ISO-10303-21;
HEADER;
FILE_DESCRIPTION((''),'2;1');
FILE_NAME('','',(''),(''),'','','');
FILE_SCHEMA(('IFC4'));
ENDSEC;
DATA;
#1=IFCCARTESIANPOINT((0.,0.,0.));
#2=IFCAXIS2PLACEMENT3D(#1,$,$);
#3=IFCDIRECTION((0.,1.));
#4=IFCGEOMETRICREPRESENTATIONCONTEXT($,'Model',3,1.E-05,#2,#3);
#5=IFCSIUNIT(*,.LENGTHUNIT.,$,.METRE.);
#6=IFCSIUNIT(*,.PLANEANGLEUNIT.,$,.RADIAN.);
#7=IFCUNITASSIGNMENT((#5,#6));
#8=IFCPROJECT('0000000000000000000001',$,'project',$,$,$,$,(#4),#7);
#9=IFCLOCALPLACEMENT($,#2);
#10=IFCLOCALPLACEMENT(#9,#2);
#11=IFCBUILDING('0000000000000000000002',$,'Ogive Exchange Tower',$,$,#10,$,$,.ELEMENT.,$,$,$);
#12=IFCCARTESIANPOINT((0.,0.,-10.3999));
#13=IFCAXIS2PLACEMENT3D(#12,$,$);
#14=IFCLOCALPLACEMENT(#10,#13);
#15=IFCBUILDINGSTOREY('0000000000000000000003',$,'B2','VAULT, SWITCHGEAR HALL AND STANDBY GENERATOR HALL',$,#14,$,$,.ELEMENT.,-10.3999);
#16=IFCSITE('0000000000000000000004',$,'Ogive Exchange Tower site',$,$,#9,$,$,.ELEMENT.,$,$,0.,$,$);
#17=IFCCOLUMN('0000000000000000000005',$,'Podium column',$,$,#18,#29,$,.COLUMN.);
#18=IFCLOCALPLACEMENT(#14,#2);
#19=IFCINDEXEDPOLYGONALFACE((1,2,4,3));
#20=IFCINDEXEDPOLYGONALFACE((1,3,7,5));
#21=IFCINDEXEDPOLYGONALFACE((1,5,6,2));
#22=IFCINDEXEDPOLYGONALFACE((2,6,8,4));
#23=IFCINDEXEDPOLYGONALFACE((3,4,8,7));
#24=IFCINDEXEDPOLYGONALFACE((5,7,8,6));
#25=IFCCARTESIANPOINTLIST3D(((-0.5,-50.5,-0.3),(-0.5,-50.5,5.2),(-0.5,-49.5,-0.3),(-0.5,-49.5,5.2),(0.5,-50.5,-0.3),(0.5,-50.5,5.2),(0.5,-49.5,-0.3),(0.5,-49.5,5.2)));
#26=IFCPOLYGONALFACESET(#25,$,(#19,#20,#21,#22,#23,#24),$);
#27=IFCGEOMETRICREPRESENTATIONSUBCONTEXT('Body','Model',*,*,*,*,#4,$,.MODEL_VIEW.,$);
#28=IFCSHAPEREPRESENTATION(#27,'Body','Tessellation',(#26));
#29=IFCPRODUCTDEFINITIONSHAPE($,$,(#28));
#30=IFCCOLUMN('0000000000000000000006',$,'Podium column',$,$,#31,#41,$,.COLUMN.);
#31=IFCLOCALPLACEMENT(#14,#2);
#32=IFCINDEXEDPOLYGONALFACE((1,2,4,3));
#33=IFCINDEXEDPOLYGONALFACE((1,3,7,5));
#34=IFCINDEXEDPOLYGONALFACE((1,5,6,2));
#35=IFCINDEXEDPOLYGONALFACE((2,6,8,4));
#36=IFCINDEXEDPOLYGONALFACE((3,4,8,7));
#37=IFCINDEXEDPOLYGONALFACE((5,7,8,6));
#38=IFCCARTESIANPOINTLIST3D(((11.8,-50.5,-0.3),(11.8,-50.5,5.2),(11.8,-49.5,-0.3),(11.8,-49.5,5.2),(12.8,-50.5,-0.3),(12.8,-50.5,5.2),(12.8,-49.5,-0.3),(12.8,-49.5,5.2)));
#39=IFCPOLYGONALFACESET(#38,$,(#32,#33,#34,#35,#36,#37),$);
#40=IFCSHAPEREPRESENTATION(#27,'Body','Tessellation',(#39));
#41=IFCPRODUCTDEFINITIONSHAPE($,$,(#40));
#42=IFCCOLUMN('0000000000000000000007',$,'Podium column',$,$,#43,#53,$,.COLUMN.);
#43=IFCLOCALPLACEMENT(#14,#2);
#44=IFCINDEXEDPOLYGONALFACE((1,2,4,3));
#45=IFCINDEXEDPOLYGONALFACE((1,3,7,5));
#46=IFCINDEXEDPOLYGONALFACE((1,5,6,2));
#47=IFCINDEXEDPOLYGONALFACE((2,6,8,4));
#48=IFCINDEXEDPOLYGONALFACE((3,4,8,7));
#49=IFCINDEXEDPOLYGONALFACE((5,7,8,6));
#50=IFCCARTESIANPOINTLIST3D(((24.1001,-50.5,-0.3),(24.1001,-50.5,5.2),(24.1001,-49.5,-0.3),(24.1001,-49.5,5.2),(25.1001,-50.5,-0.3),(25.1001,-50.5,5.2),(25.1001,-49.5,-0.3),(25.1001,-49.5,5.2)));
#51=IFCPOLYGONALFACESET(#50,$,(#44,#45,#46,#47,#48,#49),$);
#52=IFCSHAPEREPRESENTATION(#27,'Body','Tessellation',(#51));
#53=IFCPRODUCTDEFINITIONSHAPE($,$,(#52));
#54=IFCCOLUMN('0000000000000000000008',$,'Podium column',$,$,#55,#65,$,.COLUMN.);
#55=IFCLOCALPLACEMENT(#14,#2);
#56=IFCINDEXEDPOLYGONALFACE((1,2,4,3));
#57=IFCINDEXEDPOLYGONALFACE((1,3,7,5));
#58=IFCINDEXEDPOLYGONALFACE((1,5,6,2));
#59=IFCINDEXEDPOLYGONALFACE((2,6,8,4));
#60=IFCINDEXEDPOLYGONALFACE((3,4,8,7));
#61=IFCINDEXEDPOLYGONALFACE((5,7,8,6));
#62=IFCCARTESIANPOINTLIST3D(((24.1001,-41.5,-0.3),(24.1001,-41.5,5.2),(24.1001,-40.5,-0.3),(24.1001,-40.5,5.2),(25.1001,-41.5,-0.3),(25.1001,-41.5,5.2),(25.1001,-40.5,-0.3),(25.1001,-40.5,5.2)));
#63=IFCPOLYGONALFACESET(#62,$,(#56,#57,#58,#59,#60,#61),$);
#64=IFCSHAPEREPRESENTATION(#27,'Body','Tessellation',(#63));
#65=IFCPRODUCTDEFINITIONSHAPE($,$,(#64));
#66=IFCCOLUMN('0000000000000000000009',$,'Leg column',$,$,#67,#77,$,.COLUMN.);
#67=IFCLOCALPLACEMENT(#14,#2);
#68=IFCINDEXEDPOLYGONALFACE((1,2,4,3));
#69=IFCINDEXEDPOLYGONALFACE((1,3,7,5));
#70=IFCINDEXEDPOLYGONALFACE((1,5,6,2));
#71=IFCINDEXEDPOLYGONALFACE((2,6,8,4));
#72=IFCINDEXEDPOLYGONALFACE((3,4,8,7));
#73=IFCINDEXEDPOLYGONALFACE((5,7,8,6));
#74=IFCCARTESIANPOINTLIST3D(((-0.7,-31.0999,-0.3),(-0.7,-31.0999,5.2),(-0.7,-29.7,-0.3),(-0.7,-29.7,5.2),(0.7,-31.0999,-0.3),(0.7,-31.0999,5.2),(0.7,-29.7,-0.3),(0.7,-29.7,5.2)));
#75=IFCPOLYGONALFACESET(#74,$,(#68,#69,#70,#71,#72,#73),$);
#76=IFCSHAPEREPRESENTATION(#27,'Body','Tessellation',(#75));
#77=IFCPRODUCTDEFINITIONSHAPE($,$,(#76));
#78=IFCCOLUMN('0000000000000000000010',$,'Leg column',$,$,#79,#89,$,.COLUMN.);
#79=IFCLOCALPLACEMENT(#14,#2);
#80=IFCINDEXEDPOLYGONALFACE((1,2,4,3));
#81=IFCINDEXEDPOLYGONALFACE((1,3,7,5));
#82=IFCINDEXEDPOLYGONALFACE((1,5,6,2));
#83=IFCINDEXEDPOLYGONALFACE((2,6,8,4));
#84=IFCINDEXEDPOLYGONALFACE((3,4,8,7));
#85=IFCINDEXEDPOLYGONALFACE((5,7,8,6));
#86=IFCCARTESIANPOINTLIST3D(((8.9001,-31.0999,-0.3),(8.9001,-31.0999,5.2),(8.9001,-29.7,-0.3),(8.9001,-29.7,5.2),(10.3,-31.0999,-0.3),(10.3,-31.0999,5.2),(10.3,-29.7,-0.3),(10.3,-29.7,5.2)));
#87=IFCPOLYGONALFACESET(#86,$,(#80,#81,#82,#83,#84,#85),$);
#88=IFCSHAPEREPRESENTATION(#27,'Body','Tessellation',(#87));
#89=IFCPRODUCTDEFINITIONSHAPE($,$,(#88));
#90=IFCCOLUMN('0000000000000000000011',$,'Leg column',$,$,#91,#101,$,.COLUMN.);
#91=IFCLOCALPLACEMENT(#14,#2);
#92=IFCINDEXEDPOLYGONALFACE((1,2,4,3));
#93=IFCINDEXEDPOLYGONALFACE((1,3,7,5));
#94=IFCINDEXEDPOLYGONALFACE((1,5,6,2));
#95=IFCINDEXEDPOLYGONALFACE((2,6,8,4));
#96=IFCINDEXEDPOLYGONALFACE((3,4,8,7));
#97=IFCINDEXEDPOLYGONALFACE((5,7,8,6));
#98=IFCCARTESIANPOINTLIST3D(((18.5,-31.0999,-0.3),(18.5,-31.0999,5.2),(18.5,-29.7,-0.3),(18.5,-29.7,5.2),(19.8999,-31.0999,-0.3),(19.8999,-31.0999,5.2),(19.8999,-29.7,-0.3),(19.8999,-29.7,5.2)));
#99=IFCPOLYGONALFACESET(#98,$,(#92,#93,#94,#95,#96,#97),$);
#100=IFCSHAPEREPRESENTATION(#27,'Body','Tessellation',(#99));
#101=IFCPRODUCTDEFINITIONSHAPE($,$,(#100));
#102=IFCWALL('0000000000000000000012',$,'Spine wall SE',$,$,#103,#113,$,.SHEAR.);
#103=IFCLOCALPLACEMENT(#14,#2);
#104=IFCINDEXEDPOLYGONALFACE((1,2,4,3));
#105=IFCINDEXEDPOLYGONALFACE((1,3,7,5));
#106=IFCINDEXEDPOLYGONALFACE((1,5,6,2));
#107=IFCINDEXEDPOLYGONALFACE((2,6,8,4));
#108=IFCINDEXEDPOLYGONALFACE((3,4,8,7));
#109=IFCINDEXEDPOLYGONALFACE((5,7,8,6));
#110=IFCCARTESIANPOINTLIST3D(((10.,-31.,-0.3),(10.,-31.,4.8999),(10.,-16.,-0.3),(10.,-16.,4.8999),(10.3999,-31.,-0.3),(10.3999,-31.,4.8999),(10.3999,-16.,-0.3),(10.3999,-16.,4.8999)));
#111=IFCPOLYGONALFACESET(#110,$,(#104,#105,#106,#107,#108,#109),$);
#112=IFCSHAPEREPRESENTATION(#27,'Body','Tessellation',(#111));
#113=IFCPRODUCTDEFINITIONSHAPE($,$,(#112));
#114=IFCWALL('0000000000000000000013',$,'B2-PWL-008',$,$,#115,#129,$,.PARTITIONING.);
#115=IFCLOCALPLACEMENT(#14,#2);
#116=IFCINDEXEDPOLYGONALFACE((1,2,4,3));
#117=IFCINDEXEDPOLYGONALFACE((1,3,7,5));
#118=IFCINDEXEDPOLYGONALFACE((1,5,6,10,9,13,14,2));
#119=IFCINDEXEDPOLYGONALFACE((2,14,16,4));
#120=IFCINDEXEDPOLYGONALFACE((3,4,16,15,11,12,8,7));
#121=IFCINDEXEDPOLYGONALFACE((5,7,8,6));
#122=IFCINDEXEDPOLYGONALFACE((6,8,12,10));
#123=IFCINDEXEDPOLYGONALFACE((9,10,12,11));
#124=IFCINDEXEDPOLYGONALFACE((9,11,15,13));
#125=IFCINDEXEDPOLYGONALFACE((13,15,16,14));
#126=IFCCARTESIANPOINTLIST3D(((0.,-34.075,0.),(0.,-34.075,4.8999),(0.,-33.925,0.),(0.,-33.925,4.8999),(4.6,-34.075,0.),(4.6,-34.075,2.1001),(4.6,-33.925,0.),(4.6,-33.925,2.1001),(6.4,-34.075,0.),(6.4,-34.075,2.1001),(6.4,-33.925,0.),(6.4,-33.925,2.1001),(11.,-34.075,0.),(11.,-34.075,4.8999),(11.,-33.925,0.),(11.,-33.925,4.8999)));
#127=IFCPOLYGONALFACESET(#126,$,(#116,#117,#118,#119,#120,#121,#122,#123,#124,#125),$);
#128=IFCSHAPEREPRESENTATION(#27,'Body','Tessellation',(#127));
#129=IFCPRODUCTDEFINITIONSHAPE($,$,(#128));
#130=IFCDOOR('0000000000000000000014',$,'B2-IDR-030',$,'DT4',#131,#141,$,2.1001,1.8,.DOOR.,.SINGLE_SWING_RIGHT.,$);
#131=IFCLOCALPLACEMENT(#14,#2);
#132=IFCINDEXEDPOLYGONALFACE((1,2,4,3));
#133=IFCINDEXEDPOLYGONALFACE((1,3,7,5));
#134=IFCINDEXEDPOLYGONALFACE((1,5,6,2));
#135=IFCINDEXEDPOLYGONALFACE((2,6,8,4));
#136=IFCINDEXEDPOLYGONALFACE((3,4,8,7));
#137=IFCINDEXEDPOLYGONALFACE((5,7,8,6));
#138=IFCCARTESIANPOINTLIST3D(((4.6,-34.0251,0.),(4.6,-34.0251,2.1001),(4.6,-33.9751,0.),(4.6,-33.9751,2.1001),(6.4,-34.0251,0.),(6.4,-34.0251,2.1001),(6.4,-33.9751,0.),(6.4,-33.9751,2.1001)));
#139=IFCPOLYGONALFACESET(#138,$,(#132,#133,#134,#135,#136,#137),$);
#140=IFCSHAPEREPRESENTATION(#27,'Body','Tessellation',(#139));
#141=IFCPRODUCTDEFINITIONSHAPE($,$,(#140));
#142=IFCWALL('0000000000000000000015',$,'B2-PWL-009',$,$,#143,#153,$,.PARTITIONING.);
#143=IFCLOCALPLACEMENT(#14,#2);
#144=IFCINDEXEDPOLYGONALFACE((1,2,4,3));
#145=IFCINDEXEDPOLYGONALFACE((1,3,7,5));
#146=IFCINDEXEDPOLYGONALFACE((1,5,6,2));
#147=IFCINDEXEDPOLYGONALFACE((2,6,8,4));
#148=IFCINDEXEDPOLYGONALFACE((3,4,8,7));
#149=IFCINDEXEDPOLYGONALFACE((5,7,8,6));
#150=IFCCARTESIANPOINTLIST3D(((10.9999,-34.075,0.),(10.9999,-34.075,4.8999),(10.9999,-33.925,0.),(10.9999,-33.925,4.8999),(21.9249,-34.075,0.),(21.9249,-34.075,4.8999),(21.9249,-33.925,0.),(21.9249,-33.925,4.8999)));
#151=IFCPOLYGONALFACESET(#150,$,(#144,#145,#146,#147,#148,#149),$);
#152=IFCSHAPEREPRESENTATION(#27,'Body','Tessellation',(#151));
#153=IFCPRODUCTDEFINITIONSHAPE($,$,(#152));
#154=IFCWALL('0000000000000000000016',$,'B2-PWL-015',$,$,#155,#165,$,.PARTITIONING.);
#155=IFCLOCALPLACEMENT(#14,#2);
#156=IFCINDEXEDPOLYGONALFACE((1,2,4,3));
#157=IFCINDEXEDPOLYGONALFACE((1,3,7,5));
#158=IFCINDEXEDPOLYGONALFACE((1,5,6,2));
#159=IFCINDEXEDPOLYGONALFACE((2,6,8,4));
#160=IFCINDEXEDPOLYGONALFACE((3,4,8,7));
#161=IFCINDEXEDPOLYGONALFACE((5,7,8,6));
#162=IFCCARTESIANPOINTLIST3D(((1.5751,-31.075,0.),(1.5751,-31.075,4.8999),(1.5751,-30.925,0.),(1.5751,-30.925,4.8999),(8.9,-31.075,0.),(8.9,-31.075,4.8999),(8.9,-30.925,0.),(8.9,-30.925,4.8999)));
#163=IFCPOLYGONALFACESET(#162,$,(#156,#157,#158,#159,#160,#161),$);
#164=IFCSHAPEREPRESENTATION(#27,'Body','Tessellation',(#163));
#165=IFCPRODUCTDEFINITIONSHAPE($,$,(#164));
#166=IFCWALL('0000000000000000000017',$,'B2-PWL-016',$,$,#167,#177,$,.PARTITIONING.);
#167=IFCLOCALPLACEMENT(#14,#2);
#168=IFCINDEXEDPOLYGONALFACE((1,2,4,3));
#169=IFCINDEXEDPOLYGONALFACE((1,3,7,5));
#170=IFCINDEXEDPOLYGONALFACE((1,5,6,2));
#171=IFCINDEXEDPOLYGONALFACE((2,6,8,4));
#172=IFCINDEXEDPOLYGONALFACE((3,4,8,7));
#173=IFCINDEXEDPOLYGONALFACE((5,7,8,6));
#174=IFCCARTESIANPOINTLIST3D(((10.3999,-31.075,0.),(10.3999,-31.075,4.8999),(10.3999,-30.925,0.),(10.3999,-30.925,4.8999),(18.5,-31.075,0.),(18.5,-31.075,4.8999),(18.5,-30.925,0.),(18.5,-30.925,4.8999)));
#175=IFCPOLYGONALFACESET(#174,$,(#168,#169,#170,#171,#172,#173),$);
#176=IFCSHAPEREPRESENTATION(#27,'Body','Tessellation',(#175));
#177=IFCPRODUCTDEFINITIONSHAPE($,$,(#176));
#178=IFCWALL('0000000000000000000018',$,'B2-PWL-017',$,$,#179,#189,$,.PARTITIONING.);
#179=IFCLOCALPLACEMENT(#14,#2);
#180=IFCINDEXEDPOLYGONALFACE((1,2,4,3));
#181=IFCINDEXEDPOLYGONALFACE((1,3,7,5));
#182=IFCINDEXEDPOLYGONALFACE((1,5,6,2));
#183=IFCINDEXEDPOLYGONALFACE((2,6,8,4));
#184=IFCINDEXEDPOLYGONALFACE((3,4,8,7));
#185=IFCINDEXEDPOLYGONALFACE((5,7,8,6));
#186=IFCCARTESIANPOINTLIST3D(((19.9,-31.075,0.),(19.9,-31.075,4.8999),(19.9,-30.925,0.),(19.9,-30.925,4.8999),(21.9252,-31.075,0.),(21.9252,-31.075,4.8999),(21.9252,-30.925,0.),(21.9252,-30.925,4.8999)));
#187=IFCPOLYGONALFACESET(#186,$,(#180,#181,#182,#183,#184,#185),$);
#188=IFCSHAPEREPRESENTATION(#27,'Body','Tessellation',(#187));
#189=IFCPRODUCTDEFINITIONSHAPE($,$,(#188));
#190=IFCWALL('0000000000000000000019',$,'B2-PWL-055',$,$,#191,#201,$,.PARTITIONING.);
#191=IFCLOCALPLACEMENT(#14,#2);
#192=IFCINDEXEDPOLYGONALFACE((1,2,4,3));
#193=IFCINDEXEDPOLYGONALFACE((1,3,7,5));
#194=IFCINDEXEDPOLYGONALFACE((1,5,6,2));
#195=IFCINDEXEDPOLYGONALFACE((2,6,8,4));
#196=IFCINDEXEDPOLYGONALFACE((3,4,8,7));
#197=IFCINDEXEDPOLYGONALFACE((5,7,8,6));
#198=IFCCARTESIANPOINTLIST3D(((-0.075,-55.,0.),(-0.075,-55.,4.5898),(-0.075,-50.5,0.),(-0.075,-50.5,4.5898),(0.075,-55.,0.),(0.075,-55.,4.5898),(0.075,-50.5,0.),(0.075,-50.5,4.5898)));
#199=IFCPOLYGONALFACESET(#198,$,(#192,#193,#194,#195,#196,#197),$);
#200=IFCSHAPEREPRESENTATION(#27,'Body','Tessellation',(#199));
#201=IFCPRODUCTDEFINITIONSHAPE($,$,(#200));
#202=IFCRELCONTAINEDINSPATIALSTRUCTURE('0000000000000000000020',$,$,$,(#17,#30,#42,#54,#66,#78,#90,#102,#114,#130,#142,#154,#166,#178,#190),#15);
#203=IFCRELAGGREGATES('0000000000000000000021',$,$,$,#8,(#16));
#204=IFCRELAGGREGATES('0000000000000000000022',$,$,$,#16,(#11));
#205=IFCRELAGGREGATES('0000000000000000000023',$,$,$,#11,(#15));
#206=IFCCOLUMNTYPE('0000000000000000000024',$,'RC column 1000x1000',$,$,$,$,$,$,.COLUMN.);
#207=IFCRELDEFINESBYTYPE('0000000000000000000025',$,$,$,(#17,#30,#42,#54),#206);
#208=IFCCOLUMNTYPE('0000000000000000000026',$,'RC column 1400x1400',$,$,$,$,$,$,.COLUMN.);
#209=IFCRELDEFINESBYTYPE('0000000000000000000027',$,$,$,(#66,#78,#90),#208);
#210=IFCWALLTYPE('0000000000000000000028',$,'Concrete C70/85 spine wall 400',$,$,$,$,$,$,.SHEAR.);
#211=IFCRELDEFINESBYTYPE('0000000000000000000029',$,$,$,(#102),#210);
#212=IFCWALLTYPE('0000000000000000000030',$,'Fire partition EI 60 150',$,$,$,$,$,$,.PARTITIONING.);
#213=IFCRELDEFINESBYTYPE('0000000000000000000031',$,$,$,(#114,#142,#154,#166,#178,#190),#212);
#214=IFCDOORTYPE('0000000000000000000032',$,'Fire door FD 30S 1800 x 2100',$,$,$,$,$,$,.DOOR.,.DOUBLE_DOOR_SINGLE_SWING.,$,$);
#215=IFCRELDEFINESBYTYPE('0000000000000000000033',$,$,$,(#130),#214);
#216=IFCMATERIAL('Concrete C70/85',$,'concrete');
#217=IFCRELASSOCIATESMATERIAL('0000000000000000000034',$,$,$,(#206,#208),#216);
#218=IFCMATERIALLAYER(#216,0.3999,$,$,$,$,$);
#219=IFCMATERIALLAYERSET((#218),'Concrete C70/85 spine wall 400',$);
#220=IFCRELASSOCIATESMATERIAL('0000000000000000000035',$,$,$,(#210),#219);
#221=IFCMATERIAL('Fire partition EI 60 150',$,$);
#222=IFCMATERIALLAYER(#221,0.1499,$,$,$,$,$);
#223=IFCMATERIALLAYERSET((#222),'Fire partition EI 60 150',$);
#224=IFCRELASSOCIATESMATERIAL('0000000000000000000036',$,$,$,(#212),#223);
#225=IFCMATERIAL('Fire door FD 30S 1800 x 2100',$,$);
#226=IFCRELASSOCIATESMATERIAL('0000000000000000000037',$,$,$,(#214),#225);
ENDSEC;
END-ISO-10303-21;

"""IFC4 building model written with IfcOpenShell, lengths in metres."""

from ifc_helpers import new_model, si_unit, direction, frame, frame_2d, origin, origin_2d, place, context, subcontext, project, spatial, rectangle, extrude, material, layer, layer_set, material_profile, profile_set, type_object, element, fill, save


model = new_model("IFC4")

# Units and contexts
model_context = context("Model", 3, precision=1e-05, world=origin(), true_north=direction((0.0, 1.0)))
body_context = subcontext(model_context, "Body", "Model", "MODEL_VIEW")
ifc_project = project(units=[si_unit("LENGTHUNIT", "METRE"), si_unit("PLANEANGLEUNIT", "RADIAN")], contexts=[model_context])

# Site, building, storey
site_placement = place(None, origin())
site = spatial("IfcSite", under=ifc_project, at=site_placement, Name="Ogive Exchange Tower site", CompositionType="ELEMENT", RefElevation=0.0)
building_placement = place(site_placement, origin())
building = spatial("IfcBuilding", under=site, at=building_placement, Name="Ogive Exchange Tower", CompositionType="ELEMENT")
storey_placement = place(building_placement, frame((0.0, 0.0, -10.3999)))
storey = spatial("IfcBuildingStorey", under=building, at=storey_placement, Name="B2", Description="VAULT, SWITCHGEAR HALL AND STANDBY GENERATOR HALL", CompositionType="ELEMENT", Elevation=-10.3999)

# Columns
ifc_material_1 = material(Name="Concrete C70/85", Category="concrete")
ifc_material_profile_1 = material_profile(ifc_material_1, rectangle(XDim=1.0, YDim=1.0, at=origin_2d()), Name="RC 1000x1000")
ifc_profile_set_1 = profile_set([ifc_material_profile_1], Name="Concrete C70/85")
column_type_1 = type_object("IfcColumnType", Name="RC column 1000x1000", PredefinedType="COLUMN", material=ifc_profile_set_1)
for number, where, z_axis, x_axis, name in (
    (1, (0.0, -50.0, -0.3), (0.0, 0.0, 1.0), (1.0, 0.0, 0.0), "Podium column"),
    (2, (12.3, -50.0, -0.3), (0.0, 0.0, 1.0), (1.0, 0.0, 0.0), "Podium column"),
    (3, (24.6001, -50.0, -0.3), (0.0, 0.0, 1.0), (1.0, 0.0, 0.0), "Podium column"),
    (4, (24.6001, -41.0, -0.3), (0.0, 0.0, 1.0), (1.0, 0.0, 0.0), "Podium column"),
):
    element("IfcColumn", number, at=place(storey_placement, frame(where, z_axis=z_axis, x_axis=x_axis)), inside=storey, type_object=column_type_1, Name=name, PredefinedType="COLUMN", context=body_context, shape_type="SweptSolid", body=[
        extrude(rectangle(XDim=1.0, YDim=1.0, at=origin_2d()), origin(), (0.0, 0.0, 1.0), 5.5),
    ])
ifc_material_profile_2 = material_profile(ifc_material_1, rectangle(XDim=1.3999, YDim=1.3999, at=origin_2d()), Name="RC 1400x1400")
ifc_profile_set_2 = profile_set([ifc_material_profile_2], Name="Concrete C70/85")
column_type_2 = type_object("IfcColumnType", Name="RC column 1400x1400", PredefinedType="COLUMN", material=ifc_profile_set_2)
for number, where, z_axis, x_axis, name in (
    (5, (0.0, -30.3999, -0.3), (0.0, 0.0, 1.0), (1.0, 0.0, 0.0), "Leg column"),
    (6, (9.6001, -30.3999, -0.3), (0.0, 0.0, 1.0), (1.0, 0.0, 0.0), "Leg column"),
    (7, (19.2, -30.3999, -0.3), (0.0, 0.0, 1.0), (1.0, 0.0, 0.0), "Leg column"),
):
    element("IfcColumn", number, at=place(storey_placement, frame(where, z_axis=z_axis, x_axis=x_axis)), inside=storey, type_object=column_type_2, Name=name, PredefinedType="COLUMN", context=body_context, shape_type="SweptSolid", body=[
        extrude(rectangle(XDim=1.3999, YDim=1.3999, at=origin_2d()), origin(), (0.0, 0.0, 1.0), 5.5),
    ])

# Wall
ifc_layer_1 = layer(ifc_material_1, 0.3999)
ifc_layer_set_1 = layer_set([ifc_layer_1], Name="Concrete C70/85 spine wall 400")
wall_type_1 = type_object("IfcWallType", Name="Concrete C70/85 spine wall 400", PredefinedType="SHEAR", material=ifc_layer_set_1)
wall_1_placement = place(storey_placement, frame((10.2, -31.0, -0.3), z_axis=(0.0, 0.0, 1.0), x_axis=(0.0, 1.0, 0.0)))
element("IfcWall", 8, at=wall_1_placement, inside=storey, type_object=wall_type_1, Name="Spine wall SE", PredefinedType="SHEAR", context=body_context, shape_type="SweptSolid", body=[
    extrude(rectangle(XDim=15.0, YDim=0.3999, at=frame_2d((7.5, 0.0))), origin(), (0.0, 0.0, 1.0), 5.2),
])

# Wall, opening, door
ifc_material_2 = material(Name="Fire partition EI 60 150")
ifc_layer_2 = layer(ifc_material_2, 0.1499)
ifc_layer_set_2 = layer_set([ifc_layer_2], Name="Fire partition EI 60 150")
wall_type_2 = type_object("IfcWallType", Name="Fire partition EI 60 150", PredefinedType="PARTITIONING", material=ifc_layer_set_2)
wall_2_placement = place(storey_placement, frame((0.0, -34.0, 0.0), z_axis=(0.0, 0.0, 1.0), x_axis=(1.0, 0.0, 0.0)))
wall_2 = element("IfcWall", 9, at=wall_2_placement, inside=storey, type_object=wall_type_2, Name="B2-PWL-008", PredefinedType="PARTITIONING", context=body_context, shape_type="SweptSolid", body=[
    extrude(rectangle(XDim=11.0, YDim=0.1499, at=frame_2d((5.5, 0.0))), origin(), (0.0, 0.0, 1.0), 4.8999),
])
opening_1_placement = place(wall_2_placement, frame((4.6001, 0.0, 0.0)))
opening_1 = element("IfcOpeningElement", 10, at=opening_1_placement, cuts=wall_2, PredefinedType="OPENING", context=body_context, shape_type="SweptSolid", body=[
    extrude(rectangle(XDim=1.8, YDim=2.1001, at=frame_2d((0.8999, 1.05))), frame((0.0, 0.085, 0.0), z_axis=(0.0, -1.0, 0.0), x_axis=(1.0, 0.0, 0.0)), (0.0, 0.0, 1.0), 0.1699),
])
ifc_material_3 = material(Name="Fire door FD 30S 1800 x 2100")
door_type_1 = type_object("IfcDoorType", Name="Fire door FD 30S 1800 x 2100", OperationType="DOUBLE_DOOR_SINGLE_SWING", PredefinedType="DOOR", material=ifc_material_3)
door_1_placement = place(opening_1_placement, origin())
door_1 = element("IfcDoor", 11, at=door_1_placement, inside=storey, type_object=door_type_1, Name="B2-IDR-030", ObjectType="DT4", OperationType="SINGLE_SWING_RIGHT", OverallHeight=2.1001, OverallWidth=1.8, PredefinedType="DOOR", context=body_context, shape_type="SweptSolid", body=[
    extrude(rectangle(XDim=1.8, YDim=2.1001, at=frame_2d((0.8999, 1.05))), frame((0.0, 0.0249, 0.0), z_axis=(0.0, -1.0, 0.0), x_axis=(1.0, 0.0, 0.0)), (0.0, 0.0, 1.0), 0.05),
])
fill(opening_1, door_1)

# Walls
wall_3_placement = place(storey_placement, frame((11.0, -34.0, 0.0), z_axis=(0.0, 0.0, 1.0), x_axis=(1.0, 0.0, 0.0)))
element("IfcWall", 12, at=wall_3_placement, inside=storey, type_object=wall_type_2, Name="B2-PWL-009", PredefinedType="PARTITIONING", context=body_context, shape_type="SweptSolid", body=[
    extrude(rectangle(XDim=10.925, YDim=0.1499, at=frame_2d((5.4624, 0.0))), origin(), (0.0, 0.0, 1.0), 4.8999),
])
wall_4_placement = place(storey_placement, frame((1.575, -31.0, 0.0), z_axis=(0.0, 0.0, 1.0), x_axis=(1.0, 0.0, 0.0)))
element("IfcWall", 13, at=wall_4_placement, inside=storey, type_object=wall_type_2, Name="B2-PWL-015", PredefinedType="PARTITIONING", context=body_context, shape_type="SweptSolid", body=[
    extrude(rectangle(XDim=7.325, YDim=0.1499, at=frame_2d((3.6626, 0.0))), origin(), (0.0, 0.0, 1.0), 4.8999),
])
wall_5_placement = place(storey_placement, frame((10.3999, -31.0, 0.0), z_axis=(0.0, 0.0, 1.0), x_axis=(1.0, 0.0, 0.0)))
element("IfcWall", 14, at=wall_5_placement, inside=storey, type_object=wall_type_2, Name="B2-PWL-016", PredefinedType="PARTITIONING", context=body_context, shape_type="SweptSolid", body=[
    extrude(rectangle(XDim=8.1001, YDim=0.1499, at=frame_2d((4.05, 0.0))), origin(), (0.0, 0.0, 1.0), 4.8999),
])
wall_6_placement = place(storey_placement, frame((19.8999, -31.0, 0.0), z_axis=(0.0, 0.0, 1.0), x_axis=(1.0, 0.0, 0.0)))
element("IfcWall", 15, at=wall_6_placement, inside=storey, type_object=wall_type_2, Name="B2-PWL-017", PredefinedType="PARTITIONING", context=body_context, shape_type="SweptSolid", body=[
    extrude(rectangle(XDim=2.0251, YDim=0.1499, at=frame_2d((1.0127, 0.0))), origin(), (0.0, 0.0, 1.0), 4.8999),
])
wall_7_placement = place(storey_placement, frame((0.0, -55.0, 0.0), z_axis=(0.0, 0.0, 1.0), x_axis=(0.0, 1.0, 0.0)))
element("IfcWall", 16, at=wall_7_placement, inside=storey, type_object=wall_type_2, Name="B2-PWL-055", PredefinedType="PARTITIONING", context=body_context, shape_type="SweptSolid", body=[
    extrude(rectangle(XDim=4.5, YDim=0.1499, at=frame_2d((2.25, 0.0))), origin(), (0.0, 0.0, 1.0), 4.5898),
])

save(model, "model.ifc")
